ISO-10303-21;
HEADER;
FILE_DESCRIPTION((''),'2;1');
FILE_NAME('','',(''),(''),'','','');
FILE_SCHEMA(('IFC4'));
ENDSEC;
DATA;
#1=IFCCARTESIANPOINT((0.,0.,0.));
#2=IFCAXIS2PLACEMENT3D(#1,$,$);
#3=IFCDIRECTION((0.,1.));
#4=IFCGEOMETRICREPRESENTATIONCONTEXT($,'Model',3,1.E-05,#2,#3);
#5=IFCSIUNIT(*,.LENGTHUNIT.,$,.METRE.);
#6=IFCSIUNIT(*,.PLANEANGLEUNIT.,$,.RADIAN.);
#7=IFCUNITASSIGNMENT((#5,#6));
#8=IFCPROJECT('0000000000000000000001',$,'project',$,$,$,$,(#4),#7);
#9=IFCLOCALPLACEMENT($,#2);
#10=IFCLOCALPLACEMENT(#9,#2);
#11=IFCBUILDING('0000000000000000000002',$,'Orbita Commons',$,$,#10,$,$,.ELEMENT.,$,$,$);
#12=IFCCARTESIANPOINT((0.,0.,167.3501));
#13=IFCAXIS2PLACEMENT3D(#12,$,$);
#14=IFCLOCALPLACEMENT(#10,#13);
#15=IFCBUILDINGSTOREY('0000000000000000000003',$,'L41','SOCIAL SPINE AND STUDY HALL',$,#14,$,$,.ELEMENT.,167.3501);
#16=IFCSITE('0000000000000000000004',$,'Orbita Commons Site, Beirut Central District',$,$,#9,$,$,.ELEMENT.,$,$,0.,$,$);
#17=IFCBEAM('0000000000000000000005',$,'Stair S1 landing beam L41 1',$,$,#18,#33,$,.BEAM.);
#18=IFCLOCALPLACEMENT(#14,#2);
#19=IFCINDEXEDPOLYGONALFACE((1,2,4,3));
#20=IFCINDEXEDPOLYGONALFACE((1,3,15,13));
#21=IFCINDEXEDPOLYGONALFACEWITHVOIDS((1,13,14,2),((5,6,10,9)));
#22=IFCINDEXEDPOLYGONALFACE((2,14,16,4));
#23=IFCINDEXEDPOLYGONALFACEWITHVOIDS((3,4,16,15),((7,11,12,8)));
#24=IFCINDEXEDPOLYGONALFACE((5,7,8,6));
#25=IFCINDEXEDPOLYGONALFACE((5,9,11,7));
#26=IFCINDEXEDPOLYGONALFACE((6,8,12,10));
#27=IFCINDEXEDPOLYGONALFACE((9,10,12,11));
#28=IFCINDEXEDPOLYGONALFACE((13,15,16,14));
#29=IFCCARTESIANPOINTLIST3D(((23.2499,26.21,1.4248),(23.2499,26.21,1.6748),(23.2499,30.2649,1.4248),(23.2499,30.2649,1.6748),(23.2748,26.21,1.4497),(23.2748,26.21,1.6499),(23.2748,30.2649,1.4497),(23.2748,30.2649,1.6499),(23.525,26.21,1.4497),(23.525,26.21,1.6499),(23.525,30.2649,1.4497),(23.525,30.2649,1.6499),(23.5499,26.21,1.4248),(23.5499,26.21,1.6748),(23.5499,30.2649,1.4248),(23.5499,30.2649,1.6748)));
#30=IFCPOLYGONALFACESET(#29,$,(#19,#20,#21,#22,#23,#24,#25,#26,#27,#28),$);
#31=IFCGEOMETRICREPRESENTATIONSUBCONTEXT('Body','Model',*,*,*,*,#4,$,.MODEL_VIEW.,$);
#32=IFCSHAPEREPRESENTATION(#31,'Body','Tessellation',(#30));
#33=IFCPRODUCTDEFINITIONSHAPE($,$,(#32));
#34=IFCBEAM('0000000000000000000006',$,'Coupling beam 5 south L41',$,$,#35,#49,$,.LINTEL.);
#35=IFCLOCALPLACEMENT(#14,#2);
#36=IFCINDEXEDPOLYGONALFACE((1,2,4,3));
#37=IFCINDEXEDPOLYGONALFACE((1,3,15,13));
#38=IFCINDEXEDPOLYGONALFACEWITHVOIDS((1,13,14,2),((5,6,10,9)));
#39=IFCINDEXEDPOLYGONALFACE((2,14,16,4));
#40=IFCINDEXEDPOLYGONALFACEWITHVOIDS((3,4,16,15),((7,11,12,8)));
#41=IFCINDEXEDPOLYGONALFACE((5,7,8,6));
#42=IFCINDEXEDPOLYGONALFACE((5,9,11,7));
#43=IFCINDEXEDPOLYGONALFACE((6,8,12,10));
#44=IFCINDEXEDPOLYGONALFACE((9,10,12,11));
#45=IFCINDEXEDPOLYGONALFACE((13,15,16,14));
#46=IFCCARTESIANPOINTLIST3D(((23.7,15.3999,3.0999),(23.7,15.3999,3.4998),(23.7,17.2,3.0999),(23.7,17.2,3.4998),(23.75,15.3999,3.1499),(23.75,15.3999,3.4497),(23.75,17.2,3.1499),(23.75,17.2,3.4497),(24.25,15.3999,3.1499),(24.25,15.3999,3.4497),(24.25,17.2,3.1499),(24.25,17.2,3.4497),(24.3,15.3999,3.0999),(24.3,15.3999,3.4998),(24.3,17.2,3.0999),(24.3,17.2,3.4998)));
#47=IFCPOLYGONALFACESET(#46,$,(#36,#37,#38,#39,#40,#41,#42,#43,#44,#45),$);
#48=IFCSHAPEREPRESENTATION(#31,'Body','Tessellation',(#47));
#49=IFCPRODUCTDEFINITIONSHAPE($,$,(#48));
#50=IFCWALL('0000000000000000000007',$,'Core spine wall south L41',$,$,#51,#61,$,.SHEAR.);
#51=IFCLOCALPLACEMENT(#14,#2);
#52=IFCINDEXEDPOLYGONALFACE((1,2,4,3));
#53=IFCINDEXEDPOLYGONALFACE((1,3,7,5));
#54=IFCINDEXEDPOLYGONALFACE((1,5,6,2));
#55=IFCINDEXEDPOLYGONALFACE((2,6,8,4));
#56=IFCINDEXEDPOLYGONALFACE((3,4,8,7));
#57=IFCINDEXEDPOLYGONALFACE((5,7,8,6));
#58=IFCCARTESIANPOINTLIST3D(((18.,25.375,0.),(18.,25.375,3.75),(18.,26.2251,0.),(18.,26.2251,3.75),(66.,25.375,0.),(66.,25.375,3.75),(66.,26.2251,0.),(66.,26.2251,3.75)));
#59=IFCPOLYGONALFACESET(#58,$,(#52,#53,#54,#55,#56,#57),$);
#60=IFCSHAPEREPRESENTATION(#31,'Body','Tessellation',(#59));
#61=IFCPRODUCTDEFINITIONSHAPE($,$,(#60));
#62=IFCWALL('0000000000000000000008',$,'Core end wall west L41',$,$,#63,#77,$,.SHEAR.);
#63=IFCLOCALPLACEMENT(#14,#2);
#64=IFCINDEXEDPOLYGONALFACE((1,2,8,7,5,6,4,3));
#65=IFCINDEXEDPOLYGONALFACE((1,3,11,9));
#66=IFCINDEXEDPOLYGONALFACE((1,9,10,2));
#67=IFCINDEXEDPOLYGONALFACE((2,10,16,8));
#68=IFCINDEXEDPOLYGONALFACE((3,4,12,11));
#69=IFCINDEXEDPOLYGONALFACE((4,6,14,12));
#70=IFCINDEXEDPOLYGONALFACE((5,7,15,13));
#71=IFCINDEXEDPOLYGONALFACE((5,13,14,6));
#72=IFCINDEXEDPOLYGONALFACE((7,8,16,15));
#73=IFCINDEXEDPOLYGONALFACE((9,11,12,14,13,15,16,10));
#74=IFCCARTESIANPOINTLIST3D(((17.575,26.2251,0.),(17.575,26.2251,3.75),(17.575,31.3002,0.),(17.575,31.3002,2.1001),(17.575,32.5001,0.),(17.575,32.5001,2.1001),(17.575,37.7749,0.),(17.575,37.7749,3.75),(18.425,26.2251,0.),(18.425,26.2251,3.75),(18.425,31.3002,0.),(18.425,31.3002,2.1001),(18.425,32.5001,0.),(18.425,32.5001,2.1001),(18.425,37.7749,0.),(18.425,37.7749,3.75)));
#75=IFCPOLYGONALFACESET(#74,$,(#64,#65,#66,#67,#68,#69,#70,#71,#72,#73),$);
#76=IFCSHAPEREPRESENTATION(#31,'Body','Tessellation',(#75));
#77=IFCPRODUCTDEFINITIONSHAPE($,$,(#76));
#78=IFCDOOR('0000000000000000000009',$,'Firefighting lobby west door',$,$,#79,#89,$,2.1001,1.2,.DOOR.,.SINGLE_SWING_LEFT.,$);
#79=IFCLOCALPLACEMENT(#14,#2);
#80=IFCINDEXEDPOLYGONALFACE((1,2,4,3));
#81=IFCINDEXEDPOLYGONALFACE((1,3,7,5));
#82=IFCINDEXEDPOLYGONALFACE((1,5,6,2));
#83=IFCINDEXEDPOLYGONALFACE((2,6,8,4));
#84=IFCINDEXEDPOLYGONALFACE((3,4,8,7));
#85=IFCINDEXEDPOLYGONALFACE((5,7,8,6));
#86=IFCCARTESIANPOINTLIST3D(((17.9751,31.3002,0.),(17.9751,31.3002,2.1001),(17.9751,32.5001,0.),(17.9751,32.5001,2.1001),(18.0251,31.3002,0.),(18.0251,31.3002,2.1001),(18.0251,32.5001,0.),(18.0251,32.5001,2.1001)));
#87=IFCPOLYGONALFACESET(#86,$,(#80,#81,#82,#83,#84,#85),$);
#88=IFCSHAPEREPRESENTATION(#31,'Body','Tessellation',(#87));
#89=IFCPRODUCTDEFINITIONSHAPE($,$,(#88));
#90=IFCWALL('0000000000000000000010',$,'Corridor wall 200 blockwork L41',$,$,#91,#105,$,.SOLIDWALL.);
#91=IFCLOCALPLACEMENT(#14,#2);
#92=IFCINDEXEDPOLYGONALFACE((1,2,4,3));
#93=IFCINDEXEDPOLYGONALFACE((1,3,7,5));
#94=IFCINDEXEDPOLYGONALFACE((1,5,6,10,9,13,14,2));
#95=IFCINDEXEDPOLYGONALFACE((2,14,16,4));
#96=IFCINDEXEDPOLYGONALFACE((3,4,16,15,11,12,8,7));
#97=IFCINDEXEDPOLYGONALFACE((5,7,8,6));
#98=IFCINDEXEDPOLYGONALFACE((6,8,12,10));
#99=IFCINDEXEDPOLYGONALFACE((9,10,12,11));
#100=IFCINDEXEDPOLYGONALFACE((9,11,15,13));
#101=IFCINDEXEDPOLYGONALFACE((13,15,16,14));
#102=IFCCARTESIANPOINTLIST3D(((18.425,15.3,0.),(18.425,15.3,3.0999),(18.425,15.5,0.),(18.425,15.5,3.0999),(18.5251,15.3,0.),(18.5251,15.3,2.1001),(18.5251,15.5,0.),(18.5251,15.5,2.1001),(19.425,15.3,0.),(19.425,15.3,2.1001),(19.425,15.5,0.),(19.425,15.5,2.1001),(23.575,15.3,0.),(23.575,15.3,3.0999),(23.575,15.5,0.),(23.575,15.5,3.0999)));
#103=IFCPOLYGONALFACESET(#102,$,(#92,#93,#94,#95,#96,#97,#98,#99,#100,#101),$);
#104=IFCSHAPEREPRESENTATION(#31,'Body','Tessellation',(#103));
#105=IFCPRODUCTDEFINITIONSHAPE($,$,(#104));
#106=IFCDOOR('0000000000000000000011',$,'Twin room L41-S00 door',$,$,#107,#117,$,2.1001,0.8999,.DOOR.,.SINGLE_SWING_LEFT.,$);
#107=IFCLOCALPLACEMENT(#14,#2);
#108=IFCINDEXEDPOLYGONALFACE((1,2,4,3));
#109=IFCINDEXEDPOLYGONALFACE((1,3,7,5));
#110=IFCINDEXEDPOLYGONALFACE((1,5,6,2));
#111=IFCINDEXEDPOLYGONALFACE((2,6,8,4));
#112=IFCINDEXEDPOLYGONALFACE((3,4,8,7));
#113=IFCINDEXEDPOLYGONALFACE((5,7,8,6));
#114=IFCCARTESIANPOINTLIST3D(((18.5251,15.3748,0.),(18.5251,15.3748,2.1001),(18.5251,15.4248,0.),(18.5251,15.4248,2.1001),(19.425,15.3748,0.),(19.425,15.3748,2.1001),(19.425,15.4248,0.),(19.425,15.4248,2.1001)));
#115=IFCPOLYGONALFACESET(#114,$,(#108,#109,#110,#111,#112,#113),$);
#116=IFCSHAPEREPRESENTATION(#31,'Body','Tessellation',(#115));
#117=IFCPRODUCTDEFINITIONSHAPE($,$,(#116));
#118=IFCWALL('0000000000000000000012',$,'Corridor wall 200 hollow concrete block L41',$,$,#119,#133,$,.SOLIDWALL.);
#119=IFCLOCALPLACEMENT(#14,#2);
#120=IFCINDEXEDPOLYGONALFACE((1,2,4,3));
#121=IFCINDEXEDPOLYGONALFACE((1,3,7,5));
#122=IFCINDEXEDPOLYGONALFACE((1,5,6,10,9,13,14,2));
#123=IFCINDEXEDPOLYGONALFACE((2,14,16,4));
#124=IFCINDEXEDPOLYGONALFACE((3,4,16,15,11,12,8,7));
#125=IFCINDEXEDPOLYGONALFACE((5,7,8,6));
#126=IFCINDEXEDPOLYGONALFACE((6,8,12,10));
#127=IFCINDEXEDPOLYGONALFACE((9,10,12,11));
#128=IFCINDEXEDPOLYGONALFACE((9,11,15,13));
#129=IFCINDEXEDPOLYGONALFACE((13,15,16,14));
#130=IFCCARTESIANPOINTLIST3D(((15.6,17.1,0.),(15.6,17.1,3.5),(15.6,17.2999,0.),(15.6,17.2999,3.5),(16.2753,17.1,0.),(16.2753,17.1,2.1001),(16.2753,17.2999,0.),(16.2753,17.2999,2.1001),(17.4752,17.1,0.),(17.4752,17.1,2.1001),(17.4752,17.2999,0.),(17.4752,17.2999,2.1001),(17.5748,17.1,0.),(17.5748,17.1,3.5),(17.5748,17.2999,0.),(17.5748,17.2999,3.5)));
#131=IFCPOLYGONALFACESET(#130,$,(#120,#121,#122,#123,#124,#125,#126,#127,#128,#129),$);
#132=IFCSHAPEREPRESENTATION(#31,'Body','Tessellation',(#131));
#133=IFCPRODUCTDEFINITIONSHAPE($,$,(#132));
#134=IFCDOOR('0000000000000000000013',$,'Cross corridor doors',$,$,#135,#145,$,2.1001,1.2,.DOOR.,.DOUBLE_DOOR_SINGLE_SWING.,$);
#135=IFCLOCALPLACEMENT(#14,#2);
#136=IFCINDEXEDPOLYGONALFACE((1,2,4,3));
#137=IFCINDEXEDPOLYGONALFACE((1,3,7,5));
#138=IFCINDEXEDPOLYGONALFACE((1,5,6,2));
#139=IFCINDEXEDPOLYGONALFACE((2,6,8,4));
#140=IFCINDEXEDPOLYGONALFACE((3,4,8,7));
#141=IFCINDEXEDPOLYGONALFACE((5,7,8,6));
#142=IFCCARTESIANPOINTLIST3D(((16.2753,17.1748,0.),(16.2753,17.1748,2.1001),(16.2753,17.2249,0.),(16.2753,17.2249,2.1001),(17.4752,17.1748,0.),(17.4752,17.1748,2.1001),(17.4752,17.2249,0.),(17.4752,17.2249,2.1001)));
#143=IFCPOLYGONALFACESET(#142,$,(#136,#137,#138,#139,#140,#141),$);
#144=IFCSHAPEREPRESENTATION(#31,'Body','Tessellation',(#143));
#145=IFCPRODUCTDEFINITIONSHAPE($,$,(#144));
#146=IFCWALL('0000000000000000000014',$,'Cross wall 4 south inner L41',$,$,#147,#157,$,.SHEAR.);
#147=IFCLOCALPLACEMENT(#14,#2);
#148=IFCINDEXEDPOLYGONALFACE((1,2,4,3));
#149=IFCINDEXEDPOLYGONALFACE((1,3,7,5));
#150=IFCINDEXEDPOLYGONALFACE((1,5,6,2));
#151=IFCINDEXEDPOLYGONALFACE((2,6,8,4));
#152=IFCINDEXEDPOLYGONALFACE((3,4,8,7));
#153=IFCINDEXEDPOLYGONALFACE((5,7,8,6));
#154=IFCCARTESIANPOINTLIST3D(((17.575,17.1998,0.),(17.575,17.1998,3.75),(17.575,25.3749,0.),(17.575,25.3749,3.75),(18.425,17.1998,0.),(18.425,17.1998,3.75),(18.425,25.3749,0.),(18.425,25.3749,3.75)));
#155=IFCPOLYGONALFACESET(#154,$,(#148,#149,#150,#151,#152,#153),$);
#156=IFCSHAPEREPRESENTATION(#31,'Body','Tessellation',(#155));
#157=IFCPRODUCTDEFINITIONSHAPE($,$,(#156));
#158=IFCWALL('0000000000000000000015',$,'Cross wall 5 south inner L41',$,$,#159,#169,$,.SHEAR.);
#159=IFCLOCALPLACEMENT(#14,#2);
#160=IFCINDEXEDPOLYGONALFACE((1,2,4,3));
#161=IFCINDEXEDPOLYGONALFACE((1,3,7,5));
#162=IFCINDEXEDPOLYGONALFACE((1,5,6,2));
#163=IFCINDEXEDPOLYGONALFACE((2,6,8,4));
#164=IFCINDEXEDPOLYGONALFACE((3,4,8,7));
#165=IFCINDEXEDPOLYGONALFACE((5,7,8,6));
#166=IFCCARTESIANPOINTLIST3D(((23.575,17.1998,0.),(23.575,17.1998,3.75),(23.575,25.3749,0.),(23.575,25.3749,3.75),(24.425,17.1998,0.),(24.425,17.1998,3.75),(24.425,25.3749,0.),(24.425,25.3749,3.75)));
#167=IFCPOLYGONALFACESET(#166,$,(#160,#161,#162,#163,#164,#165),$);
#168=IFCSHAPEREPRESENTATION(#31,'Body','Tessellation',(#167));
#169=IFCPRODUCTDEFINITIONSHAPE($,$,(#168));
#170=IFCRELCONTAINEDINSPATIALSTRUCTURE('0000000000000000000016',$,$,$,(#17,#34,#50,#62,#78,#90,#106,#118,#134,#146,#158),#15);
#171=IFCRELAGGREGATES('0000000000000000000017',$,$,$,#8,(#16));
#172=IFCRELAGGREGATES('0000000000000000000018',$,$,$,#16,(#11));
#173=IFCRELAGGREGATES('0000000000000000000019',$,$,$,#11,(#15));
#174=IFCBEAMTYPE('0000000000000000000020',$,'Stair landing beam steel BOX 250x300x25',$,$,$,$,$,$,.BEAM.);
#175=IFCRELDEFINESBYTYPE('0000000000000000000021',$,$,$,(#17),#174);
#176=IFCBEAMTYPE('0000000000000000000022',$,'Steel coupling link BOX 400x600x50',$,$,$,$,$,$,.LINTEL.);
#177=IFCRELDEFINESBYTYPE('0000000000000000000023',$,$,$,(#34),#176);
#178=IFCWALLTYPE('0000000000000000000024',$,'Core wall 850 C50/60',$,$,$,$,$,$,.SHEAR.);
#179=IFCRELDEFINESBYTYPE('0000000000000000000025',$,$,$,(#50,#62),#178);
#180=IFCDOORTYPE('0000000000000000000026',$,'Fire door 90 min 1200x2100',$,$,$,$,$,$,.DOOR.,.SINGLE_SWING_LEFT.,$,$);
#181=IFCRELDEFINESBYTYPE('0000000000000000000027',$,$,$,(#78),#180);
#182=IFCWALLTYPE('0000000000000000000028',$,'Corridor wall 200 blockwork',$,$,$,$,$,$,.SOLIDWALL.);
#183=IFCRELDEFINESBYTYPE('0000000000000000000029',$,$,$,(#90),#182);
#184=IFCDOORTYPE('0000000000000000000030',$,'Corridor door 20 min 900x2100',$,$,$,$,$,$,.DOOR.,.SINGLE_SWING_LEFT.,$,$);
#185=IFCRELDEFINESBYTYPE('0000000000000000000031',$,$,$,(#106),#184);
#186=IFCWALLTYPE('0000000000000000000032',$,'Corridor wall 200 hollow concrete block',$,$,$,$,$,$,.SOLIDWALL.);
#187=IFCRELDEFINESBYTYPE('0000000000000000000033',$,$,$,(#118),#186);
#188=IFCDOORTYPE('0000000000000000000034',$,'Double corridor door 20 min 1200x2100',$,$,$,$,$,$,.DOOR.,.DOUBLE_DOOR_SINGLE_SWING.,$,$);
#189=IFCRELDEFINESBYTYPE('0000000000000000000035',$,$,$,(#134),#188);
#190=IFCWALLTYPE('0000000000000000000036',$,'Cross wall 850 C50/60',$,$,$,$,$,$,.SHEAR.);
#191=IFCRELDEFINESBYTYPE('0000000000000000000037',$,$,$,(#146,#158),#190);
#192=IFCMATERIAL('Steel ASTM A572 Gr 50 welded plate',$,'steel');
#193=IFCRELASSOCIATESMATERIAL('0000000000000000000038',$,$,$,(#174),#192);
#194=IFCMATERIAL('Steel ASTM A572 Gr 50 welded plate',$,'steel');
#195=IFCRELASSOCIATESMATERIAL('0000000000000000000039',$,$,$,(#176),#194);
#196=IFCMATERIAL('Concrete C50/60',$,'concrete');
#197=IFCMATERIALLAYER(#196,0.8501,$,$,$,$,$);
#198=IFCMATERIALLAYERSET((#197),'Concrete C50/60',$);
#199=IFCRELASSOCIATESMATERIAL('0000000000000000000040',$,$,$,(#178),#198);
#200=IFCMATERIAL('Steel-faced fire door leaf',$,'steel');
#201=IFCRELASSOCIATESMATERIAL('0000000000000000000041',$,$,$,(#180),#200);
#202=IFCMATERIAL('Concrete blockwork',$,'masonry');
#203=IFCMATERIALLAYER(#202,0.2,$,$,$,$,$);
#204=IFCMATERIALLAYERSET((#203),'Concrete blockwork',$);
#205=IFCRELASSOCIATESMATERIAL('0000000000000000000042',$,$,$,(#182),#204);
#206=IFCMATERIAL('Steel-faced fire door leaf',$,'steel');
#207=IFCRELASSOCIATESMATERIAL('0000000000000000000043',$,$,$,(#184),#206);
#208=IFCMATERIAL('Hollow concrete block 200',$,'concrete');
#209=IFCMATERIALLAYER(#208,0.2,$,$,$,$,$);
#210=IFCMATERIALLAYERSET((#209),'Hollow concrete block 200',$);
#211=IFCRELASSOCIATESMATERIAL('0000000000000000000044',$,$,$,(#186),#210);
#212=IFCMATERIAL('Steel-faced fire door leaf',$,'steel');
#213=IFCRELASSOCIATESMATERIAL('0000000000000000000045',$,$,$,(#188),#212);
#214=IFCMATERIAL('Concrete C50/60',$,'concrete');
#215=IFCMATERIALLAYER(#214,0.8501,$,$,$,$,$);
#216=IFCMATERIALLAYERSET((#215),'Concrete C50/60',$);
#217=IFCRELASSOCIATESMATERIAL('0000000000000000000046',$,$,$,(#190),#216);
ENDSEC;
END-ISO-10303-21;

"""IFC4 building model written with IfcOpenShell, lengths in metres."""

from ifc_helpers import new_model, si_unit, direction, frame, frame_2d, origin, origin_2d, place, context, subcontext, project, spatial, polyline, rectangle, hollow_rectangle, outline, extrude, material, layer, layer_set, material_profile, profile_set, type_object, element, fill, save


model = new_model("IFC4")

# Units and contexts
model_context = context("Model", 3, precision=1e-05, world=origin(), true_north=direction((0.0, 1.0)))
body_context = subcontext(model_context, "Body", "Model", "MODEL_VIEW")
ifc_project = project(units=[si_unit("LENGTHUNIT", "METRE"), si_unit("PLANEANGLEUNIT", "RADIAN")], contexts=[model_context])

# Site, building, storey
site_placement = place(None, origin())
site = spatial("IfcSite", under=ifc_project, at=site_placement, Name="Orbita Commons Site, Beirut Central District", CompositionType="ELEMENT", RefElevation=0.0)
building_placement = place(site_placement, origin())
building = spatial("IfcBuilding", under=site, at=building_placement, Name="Orbita Commons", CompositionType="ELEMENT")
storey_placement = place(building_placement, frame((0.0, 0.0, 167.3501)))
storey = spatial("IfcBuildingStorey", under=building, at=storey_placement, Name="L41", Description="SOCIAL SPINE AND STUDY HALL", CompositionType="ELEMENT", Elevation=167.3501)

# Beams
ifc_material_1 = material(Name="Steel ASTM A572 Gr 50 welded plate", Category="steel")
ifc_material_profile_1 = material_profile(ifc_material_1, hollow_rectangle(XDim=0.3, YDim=0.25, WallThickness=0.0249, at=origin_2d()), Name="BOX 250x300x25")
ifc_profile_set_1 = profile_set([ifc_material_profile_1], Name="Steel ASTM A572 Gr 50 welded plate")
beam_type_1 = type_object("IfcBeamType", Name="Stair landing beam steel BOX 250x300x25", PredefinedType="BEAM", material=ifc_profile_set_1)
beam_1_placement = place(storey_placement, frame((23.3999, 26.21, 1.5498), z_axis=(0.0, 1.0, 0.0), x_axis=(-1.0, 0.0, 0.0)))
element("IfcBeam", 1, at=beam_1_placement, inside=storey, type_object=beam_type_1, Name="Stair S1 landing beam L41 1", PredefinedType="BEAM", context=body_context, shape_type="SweptSolid", body=[
    extrude(hollow_rectangle(XDim=0.3, YDim=0.25, WallThickness=0.0249, at=origin_2d()), origin(), (0.0, 0.0, 1.0), 4.0549),
])
ifc_material_2 = material(Name="Steel ASTM A572 Gr 50 welded plate", Category="steel")
ifc_material_profile_2 = material_profile(ifc_material_2, hollow_rectangle(XDim=0.6001, YDim=0.3999, WallThickness=0.05, at=origin_2d()), Name="BOX 400x600x50")
ifc_profile_set_2 = profile_set([ifc_material_profile_2], Name="Steel ASTM A572 Gr 50 welded plate")
beam_type_2 = type_object("IfcBeamType", Name="Steel coupling link BOX 400x600x50", PredefinedType="LINTEL", material=ifc_profile_set_2)
beam_2_placement = place(storey_placement, frame((24.0, 15.3999, 3.2998), z_axis=(0.0, 1.0, 0.0), x_axis=(-1.0, 0.0, 0.0)))
element("IfcBeam", 2, at=beam_2_placement, inside=storey, type_object=beam_type_2, Name="Coupling beam 5 south L41", PredefinedType="LINTEL", context=body_context, shape_type="SweptSolid", body=[
    extrude(hollow_rectangle(XDim=0.6001, YDim=0.3999, WallThickness=0.05, at=origin_2d()), origin(), (0.0, 0.0, 1.0), 1.8),
])

# Wall
ifc_material_3 = material(Name="Concrete C50/60", Category="concrete")
ifc_layer_1 = layer(ifc_material_3, 0.8501)
ifc_layer_set_1 = layer_set([ifc_layer_1], Name="Concrete C50/60")
wall_type_1 = type_object("IfcWallType", Name="Core wall 850 C50/60", PredefinedType="SHEAR", material=ifc_layer_set_1)
wall_1_placement = place(storey_placement, frame((18.0, 25.8, 0.0), z_axis=(0.0, 0.0, 1.0), x_axis=(1.0, 0.0, 0.0)))
element("IfcWall", 3, at=wall_1_placement, inside=storey, type_object=wall_type_1, Name="Core spine wall south L41", PredefinedType="SHEAR", context=body_context, shape_type="SweptSolid", body=[
    extrude(rectangle(XDim=48.0, YDim=0.8501, at=frame_2d((24.0, 0.0))), origin(), (0.0, 0.0, 1.0), 3.75),
])

# Walls, openings, doors
wall_2_placement = place(storey_placement, frame((18.0, 26.2251, 0.0), z_axis=(0.0, 0.0, 1.0), x_axis=(0.0, 1.0, 0.0)))
wall_2 = element("IfcWall", 4, at=wall_2_placement, inside=storey, type_object=wall_type_1, Name="Core end wall west L41", PredefinedType="SHEAR", context=body_context, shape_type="SweptSolid", body=[
    extrude(rectangle(XDim=11.5498, YDim=0.8501, at=frame_2d((5.7749, 0.0))), origin(), (0.0, 0.0, 1.0), 3.75),
])
opening_1_placement = place(wall_2_placement, frame((5.075, 0.0, 0.0)))
opening_1 = element("IfcOpeningElement", 5, at=opening_1_placement, cuts=wall_2, PredefinedType="OPENING", context=body_context, shape_type="SweptSolid", body=[
    extrude(rectangle(XDim=1.2, YDim=2.1001, at=frame_2d((0.6001, 1.05))), frame((0.0, 0.4351, 0.0), z_axis=(0.0, -1.0, 0.0), x_axis=(1.0, 0.0, 0.0)), (0.0, 0.0, 1.0), 0.8701),
])
ifc_material_4 = material(Name="Steel-faced fire door leaf", Category="steel")
door_type_1 = type_object("IfcDoorType", Name="Fire door 90 min 1200x2100", OperationType="SINGLE_SWING_LEFT", PredefinedType="DOOR", material=ifc_material_4)
door_1_placement = place(opening_1_placement, origin())
door_1 = element("IfcDoor", 6, at=door_1_placement, inside=storey, type_object=door_type_1, Name="Firefighting lobby west door", OperationType="SINGLE_SWING_LEFT", OverallHeight=2.1001, OverallWidth=1.2, PredefinedType="DOOR", context=body_context, shape_type="SweptSolid", body=[
    extrude(rectangle(XDim=1.2, YDim=2.1001, at=frame_2d((0.6001, 1.05))), frame((0.0, 0.0249, 0.0), z_axis=(0.0, -1.0, 0.0), x_axis=(1.0, 0.0, 0.0)), (0.0, 0.0, 1.0), 0.05),
])
fill(opening_1, door_1)
ifc_material_5 = material(Name="Concrete blockwork", Category="masonry")
ifc_layer_2 = layer(ifc_material_5, 0.2)
ifc_layer_set_2 = layer_set([ifc_layer_2], Name="Concrete blockwork")
wall_type_2 = type_object("IfcWallType", Name="Corridor wall 200 blockwork", PredefinedType="SOLIDWALL", material=ifc_layer_set_2)
wall_3_placement = place(storey_placement, frame((18.425, 15.3999, 0.0), z_axis=(0.0, 0.0, 1.0), x_axis=(1.0, 0.0, 0.0)))
wall_3 = element("IfcWall", 7, at=wall_3_placement, inside=storey, type_object=wall_type_2, Name="Corridor wall 200 blockwork L41", PredefinedType="SOLIDWALL", context=body_context, shape_type="SweptSolid", body=[
    extrude(outline(polyline([(0.0, 0.0), (5.1499, 0.0), (5.1499, 3.0999), (0.0, 3.0999), (0.0, 0.0)])), frame((0.0, 0.1001, 0.0), z_axis=(0.0, -1.0, 0.0), x_axis=(1.0, 0.0, 0.0)), (0.0, 0.0, 1.0), 0.2),
])
opening_2_placement = place(wall_3_placement, frame((0.1001, 0.0, 0.0)))
opening_2 = element("IfcOpeningElement", 8, at=opening_2_placement, cuts=wall_3, PredefinedType="OPENING", context=body_context, shape_type="SweptSolid", body=[
    extrude(rectangle(XDim=0.8999, YDim=2.1001, at=frame_2d((0.45, 1.05))), frame((0.0, 0.1099, 0.0), z_axis=(0.0, -1.0, 0.0), x_axis=(1.0, 0.0, 0.0)), (0.0, 0.0, 1.0), 0.22),
])
ifc_material_6 = material(Name="Steel-faced fire door leaf", Category="steel")
door_type_2 = type_object("IfcDoorType", Name="Corridor door 20 min 900x2100", OperationType="SINGLE_SWING_LEFT", PredefinedType="DOOR", material=ifc_material_6)
door_2_placement = place(opening_2_placement, origin())
door_2 = element("IfcDoor", 9, at=door_2_placement, inside=storey, type_object=door_type_2, Name="Twin room L41-S00 door", OperationType="SINGLE_SWING_LEFT", OverallHeight=2.1001, OverallWidth=0.8999, PredefinedType="DOOR", context=body_context, shape_type="SweptSolid", body=[
    extrude(rectangle(XDim=0.8999, YDim=2.1001, at=frame_2d((0.45, 1.05))), frame((0.0, 0.0249, 0.0), z_axis=(0.0, -1.0, 0.0), x_axis=(1.0, 0.0, 0.0)), (0.0, 0.0, 1.0), 0.05),
])
fill(opening_2, door_2)
ifc_material_7 = material(Name="Hollow concrete block 200", Category="concrete")
ifc_layer_3 = layer(ifc_material_7, 0.2)
ifc_layer_set_3 = layer_set([ifc_layer_3], Name="Hollow concrete block 200")
wall_type_3 = type_object("IfcWallType", Name="Corridor wall 200 hollow concrete block", PredefinedType="SOLIDWALL", material=ifc_layer_set_3)
wall_4_placement = place(storey_placement, frame((15.6001, 17.2, 0.0), z_axis=(0.0, 0.0, 1.0), x_axis=(1.0, 0.0, 0.0)))
wall_4 = element("IfcWall", 10, at=wall_4_placement, inside=storey, type_object=wall_type_3, Name="Corridor wall 200 hollow concrete block L41", PredefinedType="SOLIDWALL", context=body_context, shape_type="SweptSolid", body=[
    extrude(rectangle(XDim=1.9749, YDim=0.2, at=frame_2d((0.9873, 0.0))), origin(), (0.0, 0.0, 1.0), 3.5),
])
opening_3_placement = place(wall_4_placement, frame((0.675, 0.0, 0.0)))
opening_3 = element("IfcOpeningElement", 11, at=opening_3_placement, cuts=wall_4, PredefinedType="OPENING", context=body_context, shape_type="SweptSolid", body=[
    extrude(rectangle(XDim=1.2, YDim=2.1001, at=frame_2d((0.6001, 1.05))), frame((0.0, 0.1099, 0.0), z_axis=(0.0, -1.0, 0.0), x_axis=(1.0, 0.0, 0.0)), (0.0, 0.0, 1.0), 0.22),
])
ifc_material_8 = material(Name="Steel-faced fire door leaf", Category="steel")
door_type_3 = type_object("IfcDoorType", Name="Double corridor door 20 min 1200x2100", OperationType="DOUBLE_DOOR_SINGLE_SWING", PredefinedType="DOOR", material=ifc_material_8)
door_3_placement = place(opening_3_placement, origin())
door_3 = element("IfcDoor", 12, at=door_3_placement, inside=storey, type_object=door_type_3, Name="Cross corridor doors", OperationType="DOUBLE_DOOR_SINGLE_SWING", OverallHeight=2.1001, OverallWidth=1.2, PredefinedType="DOOR", context=body_context, shape_type="SweptSolid", body=[
    extrude(rectangle(XDim=1.2, YDim=2.1001, at=frame_2d((0.6001, 1.05))), frame((0.0, 0.0249, 0.0), z_axis=(0.0, -1.0, 0.0), x_axis=(1.0, 0.0, 0.0)), (0.0, 0.0, 1.0), 0.05),
])
fill(opening_3, door_3)

# Walls
ifc_material_9 = material(Name="Concrete C50/60", Category="concrete")
ifc_layer_4 = layer(ifc_material_9, 0.8501)
ifc_layer_set_4 = layer_set([ifc_layer_4], Name="Concrete C50/60")
wall_type_4 = type_object("IfcWallType", Name="Cross wall 850 C50/60", PredefinedType="SHEAR", material=ifc_layer_set_4)
for number, where, z_axis, x_axis, name in (
    (13, (18.0, 17.2, 0.0), (0.0, 0.0, 1.0), (0.0, 1.0, 0.0), "Cross wall 4 south inner L41"),
    (14, (24.0, 17.2, 0.0), (0.0, 0.0, 1.0), (0.0, 1.0, 0.0), "Cross wall 5 south inner L41"),
):
    element("IfcWall", number, at=place(storey_placement, frame(where, z_axis=z_axis, x_axis=x_axis)), inside=storey, type_object=wall_type_4, Name=name, PredefinedType="SHEAR", context=body_context, shape_type="SweptSolid", body=[
        extrude(rectangle(XDim=8.175, YDim=0.8501, at=frame_2d((4.0874, 0.0))), origin(), (0.0, 0.0, 1.0), 3.75),
    ])

save(model, "model.ifc")
